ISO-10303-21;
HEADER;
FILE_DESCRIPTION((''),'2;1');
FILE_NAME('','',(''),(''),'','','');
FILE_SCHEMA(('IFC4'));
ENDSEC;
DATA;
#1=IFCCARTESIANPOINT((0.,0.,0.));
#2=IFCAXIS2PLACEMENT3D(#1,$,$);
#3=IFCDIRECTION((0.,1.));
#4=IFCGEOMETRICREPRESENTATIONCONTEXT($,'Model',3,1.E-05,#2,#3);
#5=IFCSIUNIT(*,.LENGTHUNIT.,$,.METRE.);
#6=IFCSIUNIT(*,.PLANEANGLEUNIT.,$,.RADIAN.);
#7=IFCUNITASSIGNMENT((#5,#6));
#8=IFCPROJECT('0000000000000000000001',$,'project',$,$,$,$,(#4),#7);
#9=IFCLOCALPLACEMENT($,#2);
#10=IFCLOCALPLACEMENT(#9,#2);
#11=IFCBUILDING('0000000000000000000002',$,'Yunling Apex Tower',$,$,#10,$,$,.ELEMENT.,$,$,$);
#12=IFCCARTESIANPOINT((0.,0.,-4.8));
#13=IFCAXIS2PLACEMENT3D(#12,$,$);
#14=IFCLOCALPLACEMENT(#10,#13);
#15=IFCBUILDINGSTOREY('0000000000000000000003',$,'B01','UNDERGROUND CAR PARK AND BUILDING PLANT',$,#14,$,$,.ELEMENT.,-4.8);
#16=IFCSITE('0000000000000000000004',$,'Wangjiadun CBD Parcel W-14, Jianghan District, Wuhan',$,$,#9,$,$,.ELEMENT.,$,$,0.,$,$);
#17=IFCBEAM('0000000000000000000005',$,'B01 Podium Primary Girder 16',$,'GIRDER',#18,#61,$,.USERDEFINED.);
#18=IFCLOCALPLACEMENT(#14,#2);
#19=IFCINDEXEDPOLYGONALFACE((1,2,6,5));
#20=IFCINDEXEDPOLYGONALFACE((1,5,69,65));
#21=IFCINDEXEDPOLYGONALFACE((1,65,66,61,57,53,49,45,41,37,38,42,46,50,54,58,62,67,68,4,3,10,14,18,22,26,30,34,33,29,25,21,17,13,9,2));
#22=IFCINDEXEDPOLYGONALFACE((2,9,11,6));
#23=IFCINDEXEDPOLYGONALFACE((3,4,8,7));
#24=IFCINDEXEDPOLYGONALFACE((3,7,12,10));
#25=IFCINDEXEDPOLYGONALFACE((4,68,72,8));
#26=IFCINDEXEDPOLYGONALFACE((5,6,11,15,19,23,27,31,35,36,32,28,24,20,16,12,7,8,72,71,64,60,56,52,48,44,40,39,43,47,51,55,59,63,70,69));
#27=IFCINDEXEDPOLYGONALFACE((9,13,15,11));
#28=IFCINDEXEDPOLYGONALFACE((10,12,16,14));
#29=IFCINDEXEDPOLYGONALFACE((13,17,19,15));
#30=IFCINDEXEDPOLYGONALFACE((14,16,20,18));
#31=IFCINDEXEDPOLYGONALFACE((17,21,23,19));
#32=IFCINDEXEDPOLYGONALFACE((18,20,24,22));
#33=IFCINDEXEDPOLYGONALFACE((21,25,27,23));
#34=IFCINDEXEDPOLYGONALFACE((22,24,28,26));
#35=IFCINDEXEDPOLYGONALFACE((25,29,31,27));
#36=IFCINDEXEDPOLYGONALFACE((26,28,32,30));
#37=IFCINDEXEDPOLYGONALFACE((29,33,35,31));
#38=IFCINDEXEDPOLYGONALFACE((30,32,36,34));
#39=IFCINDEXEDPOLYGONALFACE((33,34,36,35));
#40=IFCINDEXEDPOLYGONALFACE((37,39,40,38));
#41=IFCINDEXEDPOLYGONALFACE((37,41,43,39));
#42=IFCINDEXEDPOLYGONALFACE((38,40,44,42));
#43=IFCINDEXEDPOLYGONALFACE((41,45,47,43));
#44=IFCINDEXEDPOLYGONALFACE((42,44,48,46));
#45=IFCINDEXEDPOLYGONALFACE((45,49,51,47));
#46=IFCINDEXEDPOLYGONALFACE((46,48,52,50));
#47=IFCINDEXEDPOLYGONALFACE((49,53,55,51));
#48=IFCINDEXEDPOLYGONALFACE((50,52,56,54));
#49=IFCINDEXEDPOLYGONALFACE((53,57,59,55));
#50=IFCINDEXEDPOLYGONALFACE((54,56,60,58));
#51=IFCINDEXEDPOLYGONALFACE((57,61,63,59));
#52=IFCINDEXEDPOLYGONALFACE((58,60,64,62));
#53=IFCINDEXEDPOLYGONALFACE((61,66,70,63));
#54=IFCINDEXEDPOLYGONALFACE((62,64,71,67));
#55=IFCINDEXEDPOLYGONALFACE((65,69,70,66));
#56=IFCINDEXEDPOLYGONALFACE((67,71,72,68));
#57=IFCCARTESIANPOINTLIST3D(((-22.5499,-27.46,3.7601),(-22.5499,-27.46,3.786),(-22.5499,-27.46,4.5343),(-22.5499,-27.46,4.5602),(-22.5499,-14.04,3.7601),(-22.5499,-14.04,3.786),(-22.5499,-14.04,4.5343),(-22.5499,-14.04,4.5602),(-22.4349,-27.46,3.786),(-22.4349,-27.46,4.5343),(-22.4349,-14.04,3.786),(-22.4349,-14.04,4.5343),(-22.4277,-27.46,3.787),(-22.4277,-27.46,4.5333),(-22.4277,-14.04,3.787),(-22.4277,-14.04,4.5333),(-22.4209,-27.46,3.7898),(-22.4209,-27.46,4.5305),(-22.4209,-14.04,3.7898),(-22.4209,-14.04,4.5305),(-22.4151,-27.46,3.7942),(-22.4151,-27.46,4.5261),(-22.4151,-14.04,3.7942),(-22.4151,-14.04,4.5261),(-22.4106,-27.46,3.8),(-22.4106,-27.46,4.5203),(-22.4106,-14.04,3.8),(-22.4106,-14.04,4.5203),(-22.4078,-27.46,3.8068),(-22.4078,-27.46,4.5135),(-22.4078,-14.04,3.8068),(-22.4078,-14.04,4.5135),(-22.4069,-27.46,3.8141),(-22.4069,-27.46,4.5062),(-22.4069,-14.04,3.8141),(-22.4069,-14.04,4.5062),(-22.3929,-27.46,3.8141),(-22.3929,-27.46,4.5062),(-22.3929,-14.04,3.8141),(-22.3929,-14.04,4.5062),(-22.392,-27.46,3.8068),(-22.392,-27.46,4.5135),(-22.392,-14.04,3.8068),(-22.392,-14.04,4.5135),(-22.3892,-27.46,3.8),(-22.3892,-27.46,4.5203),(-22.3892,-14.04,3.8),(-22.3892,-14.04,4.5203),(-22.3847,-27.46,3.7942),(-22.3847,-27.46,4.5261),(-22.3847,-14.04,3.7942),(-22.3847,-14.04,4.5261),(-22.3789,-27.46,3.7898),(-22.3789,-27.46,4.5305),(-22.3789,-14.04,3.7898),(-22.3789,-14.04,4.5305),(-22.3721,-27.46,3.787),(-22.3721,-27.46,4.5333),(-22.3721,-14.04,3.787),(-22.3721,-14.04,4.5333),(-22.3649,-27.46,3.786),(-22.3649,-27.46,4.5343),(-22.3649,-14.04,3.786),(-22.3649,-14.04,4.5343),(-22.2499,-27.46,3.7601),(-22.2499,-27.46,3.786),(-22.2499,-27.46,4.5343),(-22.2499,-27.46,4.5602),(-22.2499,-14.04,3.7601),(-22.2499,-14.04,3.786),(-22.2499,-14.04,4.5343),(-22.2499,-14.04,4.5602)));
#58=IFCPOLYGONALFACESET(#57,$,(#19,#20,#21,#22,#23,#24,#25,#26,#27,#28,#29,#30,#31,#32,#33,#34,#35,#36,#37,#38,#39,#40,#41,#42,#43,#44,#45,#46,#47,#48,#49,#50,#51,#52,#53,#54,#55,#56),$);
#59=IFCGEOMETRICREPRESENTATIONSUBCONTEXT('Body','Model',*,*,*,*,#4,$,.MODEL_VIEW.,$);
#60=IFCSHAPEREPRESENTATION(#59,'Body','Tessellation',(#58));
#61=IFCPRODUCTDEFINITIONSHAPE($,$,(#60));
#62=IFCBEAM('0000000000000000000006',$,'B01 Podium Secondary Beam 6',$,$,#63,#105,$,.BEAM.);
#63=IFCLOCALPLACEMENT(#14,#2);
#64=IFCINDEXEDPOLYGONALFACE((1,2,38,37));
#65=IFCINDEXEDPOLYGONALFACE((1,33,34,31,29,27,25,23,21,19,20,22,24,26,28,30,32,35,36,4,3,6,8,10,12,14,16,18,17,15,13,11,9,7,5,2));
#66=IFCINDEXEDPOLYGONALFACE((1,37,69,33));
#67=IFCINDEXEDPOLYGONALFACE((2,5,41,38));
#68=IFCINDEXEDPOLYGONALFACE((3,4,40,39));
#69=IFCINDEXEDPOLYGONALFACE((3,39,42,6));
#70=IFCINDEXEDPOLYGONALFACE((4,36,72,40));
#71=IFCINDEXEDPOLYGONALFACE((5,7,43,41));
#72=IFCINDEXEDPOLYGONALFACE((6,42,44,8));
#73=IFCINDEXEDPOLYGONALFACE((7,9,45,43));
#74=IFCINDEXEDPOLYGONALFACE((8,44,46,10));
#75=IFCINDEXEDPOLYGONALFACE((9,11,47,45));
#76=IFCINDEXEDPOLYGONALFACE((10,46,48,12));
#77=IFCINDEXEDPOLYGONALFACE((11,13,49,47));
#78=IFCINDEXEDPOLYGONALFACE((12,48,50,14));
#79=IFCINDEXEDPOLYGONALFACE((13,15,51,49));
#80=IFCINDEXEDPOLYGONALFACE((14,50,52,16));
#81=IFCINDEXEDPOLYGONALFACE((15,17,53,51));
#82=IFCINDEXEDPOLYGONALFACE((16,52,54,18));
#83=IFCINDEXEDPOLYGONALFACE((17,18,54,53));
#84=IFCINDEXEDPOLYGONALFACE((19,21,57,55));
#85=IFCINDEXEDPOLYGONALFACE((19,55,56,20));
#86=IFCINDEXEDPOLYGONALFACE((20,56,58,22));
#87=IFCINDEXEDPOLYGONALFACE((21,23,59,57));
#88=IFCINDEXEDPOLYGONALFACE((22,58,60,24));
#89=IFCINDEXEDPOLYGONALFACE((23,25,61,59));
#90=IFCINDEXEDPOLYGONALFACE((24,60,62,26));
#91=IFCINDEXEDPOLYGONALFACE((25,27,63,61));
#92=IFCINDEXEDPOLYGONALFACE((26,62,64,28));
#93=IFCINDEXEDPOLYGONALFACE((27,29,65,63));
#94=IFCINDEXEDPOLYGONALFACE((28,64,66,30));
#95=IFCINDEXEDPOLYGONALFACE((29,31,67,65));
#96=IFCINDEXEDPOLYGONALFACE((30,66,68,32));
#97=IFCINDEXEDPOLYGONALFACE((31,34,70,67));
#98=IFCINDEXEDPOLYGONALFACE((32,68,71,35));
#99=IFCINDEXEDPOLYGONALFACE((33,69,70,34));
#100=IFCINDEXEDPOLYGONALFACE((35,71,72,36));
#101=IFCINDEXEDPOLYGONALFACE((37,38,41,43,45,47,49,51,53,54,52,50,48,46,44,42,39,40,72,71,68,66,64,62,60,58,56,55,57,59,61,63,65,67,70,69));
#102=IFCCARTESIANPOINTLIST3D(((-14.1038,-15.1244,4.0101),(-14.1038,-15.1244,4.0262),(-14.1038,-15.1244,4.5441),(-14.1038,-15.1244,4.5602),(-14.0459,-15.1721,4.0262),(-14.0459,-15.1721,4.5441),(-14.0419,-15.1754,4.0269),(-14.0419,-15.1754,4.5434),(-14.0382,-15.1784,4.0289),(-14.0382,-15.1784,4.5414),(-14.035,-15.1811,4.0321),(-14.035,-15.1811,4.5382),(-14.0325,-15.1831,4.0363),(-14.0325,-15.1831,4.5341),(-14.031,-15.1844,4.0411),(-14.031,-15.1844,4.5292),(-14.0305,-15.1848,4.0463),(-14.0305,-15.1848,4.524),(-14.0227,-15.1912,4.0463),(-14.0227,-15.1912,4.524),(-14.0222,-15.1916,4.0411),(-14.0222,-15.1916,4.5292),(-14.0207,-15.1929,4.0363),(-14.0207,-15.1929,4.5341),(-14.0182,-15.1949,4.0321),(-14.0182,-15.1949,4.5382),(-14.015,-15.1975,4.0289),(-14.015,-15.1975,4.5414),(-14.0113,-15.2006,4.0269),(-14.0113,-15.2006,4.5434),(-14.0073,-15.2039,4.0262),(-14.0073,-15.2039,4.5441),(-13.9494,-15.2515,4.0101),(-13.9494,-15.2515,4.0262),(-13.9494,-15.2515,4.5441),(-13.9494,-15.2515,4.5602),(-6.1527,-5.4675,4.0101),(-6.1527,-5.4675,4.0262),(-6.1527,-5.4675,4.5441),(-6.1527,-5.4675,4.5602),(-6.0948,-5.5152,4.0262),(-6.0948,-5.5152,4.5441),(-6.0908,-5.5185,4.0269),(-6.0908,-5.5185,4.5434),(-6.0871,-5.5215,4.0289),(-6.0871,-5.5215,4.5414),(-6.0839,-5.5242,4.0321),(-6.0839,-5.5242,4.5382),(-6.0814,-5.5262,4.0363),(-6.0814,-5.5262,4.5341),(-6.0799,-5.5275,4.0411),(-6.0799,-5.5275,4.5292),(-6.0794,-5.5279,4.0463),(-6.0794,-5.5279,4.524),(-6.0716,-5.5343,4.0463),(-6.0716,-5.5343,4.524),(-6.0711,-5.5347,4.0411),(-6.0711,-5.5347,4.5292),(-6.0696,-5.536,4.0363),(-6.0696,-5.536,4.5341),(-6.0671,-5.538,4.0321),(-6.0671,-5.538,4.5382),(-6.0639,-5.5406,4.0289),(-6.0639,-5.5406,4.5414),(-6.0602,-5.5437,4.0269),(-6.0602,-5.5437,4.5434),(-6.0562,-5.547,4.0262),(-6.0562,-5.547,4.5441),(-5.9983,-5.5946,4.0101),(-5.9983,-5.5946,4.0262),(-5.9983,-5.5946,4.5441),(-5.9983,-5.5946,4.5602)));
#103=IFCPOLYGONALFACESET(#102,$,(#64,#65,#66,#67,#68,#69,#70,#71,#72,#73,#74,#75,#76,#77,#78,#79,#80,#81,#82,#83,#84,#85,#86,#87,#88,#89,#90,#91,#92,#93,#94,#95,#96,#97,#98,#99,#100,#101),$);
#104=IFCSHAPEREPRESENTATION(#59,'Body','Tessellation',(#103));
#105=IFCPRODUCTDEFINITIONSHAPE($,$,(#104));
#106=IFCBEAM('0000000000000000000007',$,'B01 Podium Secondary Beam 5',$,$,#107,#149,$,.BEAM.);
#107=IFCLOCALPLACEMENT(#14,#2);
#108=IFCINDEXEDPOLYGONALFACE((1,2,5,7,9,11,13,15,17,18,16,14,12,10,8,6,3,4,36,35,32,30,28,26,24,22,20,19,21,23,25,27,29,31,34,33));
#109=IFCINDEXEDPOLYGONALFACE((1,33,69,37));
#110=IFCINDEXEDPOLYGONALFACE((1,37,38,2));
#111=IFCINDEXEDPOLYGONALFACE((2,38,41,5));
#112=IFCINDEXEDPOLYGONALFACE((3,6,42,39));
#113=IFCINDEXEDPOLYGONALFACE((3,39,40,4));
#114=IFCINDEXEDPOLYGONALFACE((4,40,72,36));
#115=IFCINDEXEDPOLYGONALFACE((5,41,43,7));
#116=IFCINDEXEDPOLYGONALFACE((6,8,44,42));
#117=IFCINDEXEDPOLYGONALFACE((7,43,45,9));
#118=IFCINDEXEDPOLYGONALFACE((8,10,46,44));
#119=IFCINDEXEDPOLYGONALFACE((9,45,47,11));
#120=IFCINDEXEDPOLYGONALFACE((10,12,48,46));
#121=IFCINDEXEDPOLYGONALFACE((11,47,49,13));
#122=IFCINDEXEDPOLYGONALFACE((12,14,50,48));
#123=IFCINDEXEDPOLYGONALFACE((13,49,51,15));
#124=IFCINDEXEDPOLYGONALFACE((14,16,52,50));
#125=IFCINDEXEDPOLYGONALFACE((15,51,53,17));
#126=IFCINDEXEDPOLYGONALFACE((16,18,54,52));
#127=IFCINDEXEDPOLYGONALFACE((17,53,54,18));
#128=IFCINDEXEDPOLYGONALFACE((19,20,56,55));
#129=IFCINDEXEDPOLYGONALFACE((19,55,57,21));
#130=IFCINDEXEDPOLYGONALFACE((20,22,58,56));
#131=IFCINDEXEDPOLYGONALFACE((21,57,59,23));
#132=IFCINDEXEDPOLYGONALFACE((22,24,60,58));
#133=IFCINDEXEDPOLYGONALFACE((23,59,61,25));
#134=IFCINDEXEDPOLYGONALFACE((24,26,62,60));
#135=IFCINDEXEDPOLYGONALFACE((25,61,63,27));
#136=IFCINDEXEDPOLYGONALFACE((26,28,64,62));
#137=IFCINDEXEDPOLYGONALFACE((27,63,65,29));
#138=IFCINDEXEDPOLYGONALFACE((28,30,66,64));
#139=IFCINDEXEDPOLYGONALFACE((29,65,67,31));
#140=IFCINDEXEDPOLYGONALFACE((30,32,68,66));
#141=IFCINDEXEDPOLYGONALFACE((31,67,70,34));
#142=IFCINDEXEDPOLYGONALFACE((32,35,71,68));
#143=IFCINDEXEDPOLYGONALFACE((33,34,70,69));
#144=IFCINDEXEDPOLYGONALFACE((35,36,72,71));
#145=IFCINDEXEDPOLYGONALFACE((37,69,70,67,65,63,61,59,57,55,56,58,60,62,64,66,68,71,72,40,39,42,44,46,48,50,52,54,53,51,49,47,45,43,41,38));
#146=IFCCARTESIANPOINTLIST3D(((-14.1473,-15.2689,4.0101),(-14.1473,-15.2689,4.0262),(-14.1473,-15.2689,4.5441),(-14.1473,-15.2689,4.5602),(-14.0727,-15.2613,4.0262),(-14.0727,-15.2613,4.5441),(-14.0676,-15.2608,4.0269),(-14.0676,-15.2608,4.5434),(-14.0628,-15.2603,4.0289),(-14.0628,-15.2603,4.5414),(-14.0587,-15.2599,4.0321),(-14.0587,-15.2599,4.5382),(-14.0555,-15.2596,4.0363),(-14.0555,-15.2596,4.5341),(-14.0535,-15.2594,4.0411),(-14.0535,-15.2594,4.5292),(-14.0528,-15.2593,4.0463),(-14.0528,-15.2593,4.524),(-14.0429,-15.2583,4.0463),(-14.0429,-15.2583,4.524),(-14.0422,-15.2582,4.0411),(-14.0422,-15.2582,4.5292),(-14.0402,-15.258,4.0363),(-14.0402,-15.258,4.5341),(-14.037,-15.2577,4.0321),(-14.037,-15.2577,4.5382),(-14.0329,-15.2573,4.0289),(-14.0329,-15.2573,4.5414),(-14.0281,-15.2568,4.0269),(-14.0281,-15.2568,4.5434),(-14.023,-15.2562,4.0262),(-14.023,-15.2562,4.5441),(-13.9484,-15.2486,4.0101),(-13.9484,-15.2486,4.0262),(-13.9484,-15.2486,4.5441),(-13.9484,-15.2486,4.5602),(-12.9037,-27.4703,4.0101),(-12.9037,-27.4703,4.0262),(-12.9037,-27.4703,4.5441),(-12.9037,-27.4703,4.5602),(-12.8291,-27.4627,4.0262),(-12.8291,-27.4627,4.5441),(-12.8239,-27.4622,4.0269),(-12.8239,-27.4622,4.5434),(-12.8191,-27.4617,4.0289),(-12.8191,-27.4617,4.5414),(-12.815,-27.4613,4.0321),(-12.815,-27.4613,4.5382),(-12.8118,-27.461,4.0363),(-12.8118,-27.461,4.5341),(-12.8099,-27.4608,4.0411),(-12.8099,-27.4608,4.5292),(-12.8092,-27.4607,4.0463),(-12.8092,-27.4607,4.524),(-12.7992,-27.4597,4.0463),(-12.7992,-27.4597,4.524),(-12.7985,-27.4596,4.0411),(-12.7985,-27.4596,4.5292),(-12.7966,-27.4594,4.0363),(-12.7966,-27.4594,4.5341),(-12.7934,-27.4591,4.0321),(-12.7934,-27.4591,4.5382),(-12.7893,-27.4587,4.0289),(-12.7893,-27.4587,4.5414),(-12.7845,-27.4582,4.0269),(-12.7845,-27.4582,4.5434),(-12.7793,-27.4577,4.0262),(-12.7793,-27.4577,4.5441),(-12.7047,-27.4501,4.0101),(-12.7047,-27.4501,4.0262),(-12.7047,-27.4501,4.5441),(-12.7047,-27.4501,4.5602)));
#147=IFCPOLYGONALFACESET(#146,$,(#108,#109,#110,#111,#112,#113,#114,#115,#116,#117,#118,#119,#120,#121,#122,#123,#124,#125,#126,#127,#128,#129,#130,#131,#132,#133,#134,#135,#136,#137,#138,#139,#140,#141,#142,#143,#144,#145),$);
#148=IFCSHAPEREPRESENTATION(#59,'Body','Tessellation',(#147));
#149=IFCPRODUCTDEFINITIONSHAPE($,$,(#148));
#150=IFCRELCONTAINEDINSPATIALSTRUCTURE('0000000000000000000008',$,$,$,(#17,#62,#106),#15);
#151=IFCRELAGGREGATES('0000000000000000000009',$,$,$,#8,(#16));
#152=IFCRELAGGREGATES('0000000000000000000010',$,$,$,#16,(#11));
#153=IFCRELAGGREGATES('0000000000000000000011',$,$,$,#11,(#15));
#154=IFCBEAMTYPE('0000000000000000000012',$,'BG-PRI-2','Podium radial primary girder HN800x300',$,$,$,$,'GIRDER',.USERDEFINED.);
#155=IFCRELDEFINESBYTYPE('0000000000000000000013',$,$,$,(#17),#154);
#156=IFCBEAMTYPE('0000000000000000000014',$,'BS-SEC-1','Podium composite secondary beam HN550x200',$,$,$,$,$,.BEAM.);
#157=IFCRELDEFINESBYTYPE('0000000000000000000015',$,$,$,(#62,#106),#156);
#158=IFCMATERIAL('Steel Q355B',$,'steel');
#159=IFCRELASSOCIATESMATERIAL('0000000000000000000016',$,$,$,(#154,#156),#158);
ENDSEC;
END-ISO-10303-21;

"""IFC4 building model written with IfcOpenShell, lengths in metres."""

from ifc_helpers import new_model, si_unit, direction, frame, origin, origin_2d, place, context, subcontext, project, spatial, i_section, extrude, source, transform, mapped, material, material_profile, profile_set, type_object, element, save


model = new_model("IFC4")

# Units and contexts
model_context = context("Model", 3, precision=1e-05, world=origin(), true_north=direction((0.0, 1.0)))
body_context = subcontext(model_context, "Body", "Model", "MODEL_VIEW")
ifc_project = project(units=[si_unit("LENGTHUNIT", "METRE"), si_unit("PLANEANGLEUNIT", "RADIAN")], contexts=[model_context])

# Site, building, storey
site_placement = place(None, origin())
site = spatial("IfcSite", under=ifc_project, at=site_placement, Name="Wangjiadun CBD Parcel W-14, Jianghan District, Wuhan", CompositionType="ELEMENT", RefElevation=0.0)
building_placement = place(site_placement, origin())
building = spatial("IfcBuilding", under=site, at=building_placement, Name="Yunling Apex Tower", CompositionType="ELEMENT")
storey_placement = place(building_placement, frame((0.0, 0.0, -4.8)))
storey = spatial("IfcBuildingStorey", under=building, at=storey_placement, Name="B01", Description="UNDERGROUND CAR PARK AND BUILDING PLANT", CompositionType="ELEMENT", Elevation=-4.8)

# Beams
ifc_material_1 = material(Name="Steel Q355B", Category="steel")
ifc_material_profile_1 = material_profile(ifc_material_1, i_section(OverallWidth=0.3, OverallDepth=0.8, WebThickness=0.0139, FlangeThickness=0.0259, FilletRadius=0.0281, at=origin_2d()))
ifc_profile_set_1 = profile_set([ifc_material_profile_1], Name="Steel Q355B")
beam_type_1 = type_object("IfcBeamType", Name="BG-PRI-2", Description="Podium radial primary girder HN800x300", ElementType="GIRDER", PredefinedType="USERDEFINED", material=ifc_profile_set_1)
shared_shape_1 = source(origin(), body_context, "Body", "SweptSolid", [
    extrude(i_section(OverallWidth=0.3, OverallDepth=0.8, WebThickness=0.0139, FlangeThickness=0.0259, FilletRadius=0.0281, at=origin_2d()), origin(), (0.0, 0.0, 1.0), 13.4199),
])
beam_1_placement = place(storey_placement, frame((-22.3999, -14.04, 4.1602), z_axis=(0.0, -1.0, 0.0), x_axis=(1.0, 0.0, 0.0)))
element("IfcBeam", 1, at=beam_1_placement, inside=storey, type_object=beam_type_1, Name="B01 Podium Primary Girder 16", ObjectType="GIRDER", PredefinedType="USERDEFINED", context=body_context, shape_type="MappedRepresentation", body=[
    mapped(shared_shape_1, transform((0.0, 0.0, 0.0), scale=1.0)),
])
ifc_material_profile_2 = material_profile(ifc_material_1, i_section(OverallWidth=0.2, OverallDepth=0.55, WebThickness=0.01, FlangeThickness=0.0161, FilletRadius=0.02, at=origin_2d()))
ifc_profile_set_2 = profile_set([ifc_material_profile_2], Name="Steel Q355B")
beam_type_2 = type_object("IfcBeamType", Name="BS-SEC-1", Description="Podium composite secondary beam HN550x200", PredefinedType="BEAM", material=ifc_profile_set_2)
shared_shape_2 = source(origin(), body_context, "Body", "SweptSolid", [
    extrude(i_section(OverallWidth=0.2, OverallDepth=0.55, WebThickness=0.01, FlangeThickness=0.0161, FilletRadius=0.02, at=origin_2d()), origin(), (0.0, 0.0, 1.0), 12.509),
])
beam_2_placement = place(storey_placement, frame((-14.0266, -15.188, 4.2852), z_axis=(0.635629, 0.771994, 0.0), x_axis=(-0.771994, 0.635629, 0.0)))
element("IfcBeam", 2, at=beam_2_placement, inside=storey, type_object=beam_type_2, Name="B01 Podium Secondary Beam 6", PredefinedType="BEAM", context=body_context, shape_type="MappedRepresentation", body=[
    mapped(shared_shape_2, transform((0.0, 0.0, 0.0), scale=1.0)),
])
shared_shape_3 = source(origin(), body_context, "Body", "SweptSolid", [
    extrude(i_section(OverallWidth=0.2, OverallDepth=0.55, WebThickness=0.01, FlangeThickness=0.0161, FilletRadius=0.02, at=origin_2d()), origin(), (0.0, 0.0, 1.0), 12.2646),
])
beam_3_placement = place(storey_placement, frame((-12.8042, -27.4602, 4.2852), z_axis=(-0.101402, 0.994846, 0.0), x_axis=(-0.994846, -0.101402, 0.0)))
element("IfcBeam", 3, at=beam_3_placement, inside=storey, type_object=beam_type_2, Name="B01 Podium Secondary Beam 5", PredefinedType="BEAM", context=body_context, shape_type="MappedRepresentation", body=[
    mapped(shared_shape_3, transform((0.0, 0.0, 0.0), scale=1.0)),
])

save(model, "model.ifc")
